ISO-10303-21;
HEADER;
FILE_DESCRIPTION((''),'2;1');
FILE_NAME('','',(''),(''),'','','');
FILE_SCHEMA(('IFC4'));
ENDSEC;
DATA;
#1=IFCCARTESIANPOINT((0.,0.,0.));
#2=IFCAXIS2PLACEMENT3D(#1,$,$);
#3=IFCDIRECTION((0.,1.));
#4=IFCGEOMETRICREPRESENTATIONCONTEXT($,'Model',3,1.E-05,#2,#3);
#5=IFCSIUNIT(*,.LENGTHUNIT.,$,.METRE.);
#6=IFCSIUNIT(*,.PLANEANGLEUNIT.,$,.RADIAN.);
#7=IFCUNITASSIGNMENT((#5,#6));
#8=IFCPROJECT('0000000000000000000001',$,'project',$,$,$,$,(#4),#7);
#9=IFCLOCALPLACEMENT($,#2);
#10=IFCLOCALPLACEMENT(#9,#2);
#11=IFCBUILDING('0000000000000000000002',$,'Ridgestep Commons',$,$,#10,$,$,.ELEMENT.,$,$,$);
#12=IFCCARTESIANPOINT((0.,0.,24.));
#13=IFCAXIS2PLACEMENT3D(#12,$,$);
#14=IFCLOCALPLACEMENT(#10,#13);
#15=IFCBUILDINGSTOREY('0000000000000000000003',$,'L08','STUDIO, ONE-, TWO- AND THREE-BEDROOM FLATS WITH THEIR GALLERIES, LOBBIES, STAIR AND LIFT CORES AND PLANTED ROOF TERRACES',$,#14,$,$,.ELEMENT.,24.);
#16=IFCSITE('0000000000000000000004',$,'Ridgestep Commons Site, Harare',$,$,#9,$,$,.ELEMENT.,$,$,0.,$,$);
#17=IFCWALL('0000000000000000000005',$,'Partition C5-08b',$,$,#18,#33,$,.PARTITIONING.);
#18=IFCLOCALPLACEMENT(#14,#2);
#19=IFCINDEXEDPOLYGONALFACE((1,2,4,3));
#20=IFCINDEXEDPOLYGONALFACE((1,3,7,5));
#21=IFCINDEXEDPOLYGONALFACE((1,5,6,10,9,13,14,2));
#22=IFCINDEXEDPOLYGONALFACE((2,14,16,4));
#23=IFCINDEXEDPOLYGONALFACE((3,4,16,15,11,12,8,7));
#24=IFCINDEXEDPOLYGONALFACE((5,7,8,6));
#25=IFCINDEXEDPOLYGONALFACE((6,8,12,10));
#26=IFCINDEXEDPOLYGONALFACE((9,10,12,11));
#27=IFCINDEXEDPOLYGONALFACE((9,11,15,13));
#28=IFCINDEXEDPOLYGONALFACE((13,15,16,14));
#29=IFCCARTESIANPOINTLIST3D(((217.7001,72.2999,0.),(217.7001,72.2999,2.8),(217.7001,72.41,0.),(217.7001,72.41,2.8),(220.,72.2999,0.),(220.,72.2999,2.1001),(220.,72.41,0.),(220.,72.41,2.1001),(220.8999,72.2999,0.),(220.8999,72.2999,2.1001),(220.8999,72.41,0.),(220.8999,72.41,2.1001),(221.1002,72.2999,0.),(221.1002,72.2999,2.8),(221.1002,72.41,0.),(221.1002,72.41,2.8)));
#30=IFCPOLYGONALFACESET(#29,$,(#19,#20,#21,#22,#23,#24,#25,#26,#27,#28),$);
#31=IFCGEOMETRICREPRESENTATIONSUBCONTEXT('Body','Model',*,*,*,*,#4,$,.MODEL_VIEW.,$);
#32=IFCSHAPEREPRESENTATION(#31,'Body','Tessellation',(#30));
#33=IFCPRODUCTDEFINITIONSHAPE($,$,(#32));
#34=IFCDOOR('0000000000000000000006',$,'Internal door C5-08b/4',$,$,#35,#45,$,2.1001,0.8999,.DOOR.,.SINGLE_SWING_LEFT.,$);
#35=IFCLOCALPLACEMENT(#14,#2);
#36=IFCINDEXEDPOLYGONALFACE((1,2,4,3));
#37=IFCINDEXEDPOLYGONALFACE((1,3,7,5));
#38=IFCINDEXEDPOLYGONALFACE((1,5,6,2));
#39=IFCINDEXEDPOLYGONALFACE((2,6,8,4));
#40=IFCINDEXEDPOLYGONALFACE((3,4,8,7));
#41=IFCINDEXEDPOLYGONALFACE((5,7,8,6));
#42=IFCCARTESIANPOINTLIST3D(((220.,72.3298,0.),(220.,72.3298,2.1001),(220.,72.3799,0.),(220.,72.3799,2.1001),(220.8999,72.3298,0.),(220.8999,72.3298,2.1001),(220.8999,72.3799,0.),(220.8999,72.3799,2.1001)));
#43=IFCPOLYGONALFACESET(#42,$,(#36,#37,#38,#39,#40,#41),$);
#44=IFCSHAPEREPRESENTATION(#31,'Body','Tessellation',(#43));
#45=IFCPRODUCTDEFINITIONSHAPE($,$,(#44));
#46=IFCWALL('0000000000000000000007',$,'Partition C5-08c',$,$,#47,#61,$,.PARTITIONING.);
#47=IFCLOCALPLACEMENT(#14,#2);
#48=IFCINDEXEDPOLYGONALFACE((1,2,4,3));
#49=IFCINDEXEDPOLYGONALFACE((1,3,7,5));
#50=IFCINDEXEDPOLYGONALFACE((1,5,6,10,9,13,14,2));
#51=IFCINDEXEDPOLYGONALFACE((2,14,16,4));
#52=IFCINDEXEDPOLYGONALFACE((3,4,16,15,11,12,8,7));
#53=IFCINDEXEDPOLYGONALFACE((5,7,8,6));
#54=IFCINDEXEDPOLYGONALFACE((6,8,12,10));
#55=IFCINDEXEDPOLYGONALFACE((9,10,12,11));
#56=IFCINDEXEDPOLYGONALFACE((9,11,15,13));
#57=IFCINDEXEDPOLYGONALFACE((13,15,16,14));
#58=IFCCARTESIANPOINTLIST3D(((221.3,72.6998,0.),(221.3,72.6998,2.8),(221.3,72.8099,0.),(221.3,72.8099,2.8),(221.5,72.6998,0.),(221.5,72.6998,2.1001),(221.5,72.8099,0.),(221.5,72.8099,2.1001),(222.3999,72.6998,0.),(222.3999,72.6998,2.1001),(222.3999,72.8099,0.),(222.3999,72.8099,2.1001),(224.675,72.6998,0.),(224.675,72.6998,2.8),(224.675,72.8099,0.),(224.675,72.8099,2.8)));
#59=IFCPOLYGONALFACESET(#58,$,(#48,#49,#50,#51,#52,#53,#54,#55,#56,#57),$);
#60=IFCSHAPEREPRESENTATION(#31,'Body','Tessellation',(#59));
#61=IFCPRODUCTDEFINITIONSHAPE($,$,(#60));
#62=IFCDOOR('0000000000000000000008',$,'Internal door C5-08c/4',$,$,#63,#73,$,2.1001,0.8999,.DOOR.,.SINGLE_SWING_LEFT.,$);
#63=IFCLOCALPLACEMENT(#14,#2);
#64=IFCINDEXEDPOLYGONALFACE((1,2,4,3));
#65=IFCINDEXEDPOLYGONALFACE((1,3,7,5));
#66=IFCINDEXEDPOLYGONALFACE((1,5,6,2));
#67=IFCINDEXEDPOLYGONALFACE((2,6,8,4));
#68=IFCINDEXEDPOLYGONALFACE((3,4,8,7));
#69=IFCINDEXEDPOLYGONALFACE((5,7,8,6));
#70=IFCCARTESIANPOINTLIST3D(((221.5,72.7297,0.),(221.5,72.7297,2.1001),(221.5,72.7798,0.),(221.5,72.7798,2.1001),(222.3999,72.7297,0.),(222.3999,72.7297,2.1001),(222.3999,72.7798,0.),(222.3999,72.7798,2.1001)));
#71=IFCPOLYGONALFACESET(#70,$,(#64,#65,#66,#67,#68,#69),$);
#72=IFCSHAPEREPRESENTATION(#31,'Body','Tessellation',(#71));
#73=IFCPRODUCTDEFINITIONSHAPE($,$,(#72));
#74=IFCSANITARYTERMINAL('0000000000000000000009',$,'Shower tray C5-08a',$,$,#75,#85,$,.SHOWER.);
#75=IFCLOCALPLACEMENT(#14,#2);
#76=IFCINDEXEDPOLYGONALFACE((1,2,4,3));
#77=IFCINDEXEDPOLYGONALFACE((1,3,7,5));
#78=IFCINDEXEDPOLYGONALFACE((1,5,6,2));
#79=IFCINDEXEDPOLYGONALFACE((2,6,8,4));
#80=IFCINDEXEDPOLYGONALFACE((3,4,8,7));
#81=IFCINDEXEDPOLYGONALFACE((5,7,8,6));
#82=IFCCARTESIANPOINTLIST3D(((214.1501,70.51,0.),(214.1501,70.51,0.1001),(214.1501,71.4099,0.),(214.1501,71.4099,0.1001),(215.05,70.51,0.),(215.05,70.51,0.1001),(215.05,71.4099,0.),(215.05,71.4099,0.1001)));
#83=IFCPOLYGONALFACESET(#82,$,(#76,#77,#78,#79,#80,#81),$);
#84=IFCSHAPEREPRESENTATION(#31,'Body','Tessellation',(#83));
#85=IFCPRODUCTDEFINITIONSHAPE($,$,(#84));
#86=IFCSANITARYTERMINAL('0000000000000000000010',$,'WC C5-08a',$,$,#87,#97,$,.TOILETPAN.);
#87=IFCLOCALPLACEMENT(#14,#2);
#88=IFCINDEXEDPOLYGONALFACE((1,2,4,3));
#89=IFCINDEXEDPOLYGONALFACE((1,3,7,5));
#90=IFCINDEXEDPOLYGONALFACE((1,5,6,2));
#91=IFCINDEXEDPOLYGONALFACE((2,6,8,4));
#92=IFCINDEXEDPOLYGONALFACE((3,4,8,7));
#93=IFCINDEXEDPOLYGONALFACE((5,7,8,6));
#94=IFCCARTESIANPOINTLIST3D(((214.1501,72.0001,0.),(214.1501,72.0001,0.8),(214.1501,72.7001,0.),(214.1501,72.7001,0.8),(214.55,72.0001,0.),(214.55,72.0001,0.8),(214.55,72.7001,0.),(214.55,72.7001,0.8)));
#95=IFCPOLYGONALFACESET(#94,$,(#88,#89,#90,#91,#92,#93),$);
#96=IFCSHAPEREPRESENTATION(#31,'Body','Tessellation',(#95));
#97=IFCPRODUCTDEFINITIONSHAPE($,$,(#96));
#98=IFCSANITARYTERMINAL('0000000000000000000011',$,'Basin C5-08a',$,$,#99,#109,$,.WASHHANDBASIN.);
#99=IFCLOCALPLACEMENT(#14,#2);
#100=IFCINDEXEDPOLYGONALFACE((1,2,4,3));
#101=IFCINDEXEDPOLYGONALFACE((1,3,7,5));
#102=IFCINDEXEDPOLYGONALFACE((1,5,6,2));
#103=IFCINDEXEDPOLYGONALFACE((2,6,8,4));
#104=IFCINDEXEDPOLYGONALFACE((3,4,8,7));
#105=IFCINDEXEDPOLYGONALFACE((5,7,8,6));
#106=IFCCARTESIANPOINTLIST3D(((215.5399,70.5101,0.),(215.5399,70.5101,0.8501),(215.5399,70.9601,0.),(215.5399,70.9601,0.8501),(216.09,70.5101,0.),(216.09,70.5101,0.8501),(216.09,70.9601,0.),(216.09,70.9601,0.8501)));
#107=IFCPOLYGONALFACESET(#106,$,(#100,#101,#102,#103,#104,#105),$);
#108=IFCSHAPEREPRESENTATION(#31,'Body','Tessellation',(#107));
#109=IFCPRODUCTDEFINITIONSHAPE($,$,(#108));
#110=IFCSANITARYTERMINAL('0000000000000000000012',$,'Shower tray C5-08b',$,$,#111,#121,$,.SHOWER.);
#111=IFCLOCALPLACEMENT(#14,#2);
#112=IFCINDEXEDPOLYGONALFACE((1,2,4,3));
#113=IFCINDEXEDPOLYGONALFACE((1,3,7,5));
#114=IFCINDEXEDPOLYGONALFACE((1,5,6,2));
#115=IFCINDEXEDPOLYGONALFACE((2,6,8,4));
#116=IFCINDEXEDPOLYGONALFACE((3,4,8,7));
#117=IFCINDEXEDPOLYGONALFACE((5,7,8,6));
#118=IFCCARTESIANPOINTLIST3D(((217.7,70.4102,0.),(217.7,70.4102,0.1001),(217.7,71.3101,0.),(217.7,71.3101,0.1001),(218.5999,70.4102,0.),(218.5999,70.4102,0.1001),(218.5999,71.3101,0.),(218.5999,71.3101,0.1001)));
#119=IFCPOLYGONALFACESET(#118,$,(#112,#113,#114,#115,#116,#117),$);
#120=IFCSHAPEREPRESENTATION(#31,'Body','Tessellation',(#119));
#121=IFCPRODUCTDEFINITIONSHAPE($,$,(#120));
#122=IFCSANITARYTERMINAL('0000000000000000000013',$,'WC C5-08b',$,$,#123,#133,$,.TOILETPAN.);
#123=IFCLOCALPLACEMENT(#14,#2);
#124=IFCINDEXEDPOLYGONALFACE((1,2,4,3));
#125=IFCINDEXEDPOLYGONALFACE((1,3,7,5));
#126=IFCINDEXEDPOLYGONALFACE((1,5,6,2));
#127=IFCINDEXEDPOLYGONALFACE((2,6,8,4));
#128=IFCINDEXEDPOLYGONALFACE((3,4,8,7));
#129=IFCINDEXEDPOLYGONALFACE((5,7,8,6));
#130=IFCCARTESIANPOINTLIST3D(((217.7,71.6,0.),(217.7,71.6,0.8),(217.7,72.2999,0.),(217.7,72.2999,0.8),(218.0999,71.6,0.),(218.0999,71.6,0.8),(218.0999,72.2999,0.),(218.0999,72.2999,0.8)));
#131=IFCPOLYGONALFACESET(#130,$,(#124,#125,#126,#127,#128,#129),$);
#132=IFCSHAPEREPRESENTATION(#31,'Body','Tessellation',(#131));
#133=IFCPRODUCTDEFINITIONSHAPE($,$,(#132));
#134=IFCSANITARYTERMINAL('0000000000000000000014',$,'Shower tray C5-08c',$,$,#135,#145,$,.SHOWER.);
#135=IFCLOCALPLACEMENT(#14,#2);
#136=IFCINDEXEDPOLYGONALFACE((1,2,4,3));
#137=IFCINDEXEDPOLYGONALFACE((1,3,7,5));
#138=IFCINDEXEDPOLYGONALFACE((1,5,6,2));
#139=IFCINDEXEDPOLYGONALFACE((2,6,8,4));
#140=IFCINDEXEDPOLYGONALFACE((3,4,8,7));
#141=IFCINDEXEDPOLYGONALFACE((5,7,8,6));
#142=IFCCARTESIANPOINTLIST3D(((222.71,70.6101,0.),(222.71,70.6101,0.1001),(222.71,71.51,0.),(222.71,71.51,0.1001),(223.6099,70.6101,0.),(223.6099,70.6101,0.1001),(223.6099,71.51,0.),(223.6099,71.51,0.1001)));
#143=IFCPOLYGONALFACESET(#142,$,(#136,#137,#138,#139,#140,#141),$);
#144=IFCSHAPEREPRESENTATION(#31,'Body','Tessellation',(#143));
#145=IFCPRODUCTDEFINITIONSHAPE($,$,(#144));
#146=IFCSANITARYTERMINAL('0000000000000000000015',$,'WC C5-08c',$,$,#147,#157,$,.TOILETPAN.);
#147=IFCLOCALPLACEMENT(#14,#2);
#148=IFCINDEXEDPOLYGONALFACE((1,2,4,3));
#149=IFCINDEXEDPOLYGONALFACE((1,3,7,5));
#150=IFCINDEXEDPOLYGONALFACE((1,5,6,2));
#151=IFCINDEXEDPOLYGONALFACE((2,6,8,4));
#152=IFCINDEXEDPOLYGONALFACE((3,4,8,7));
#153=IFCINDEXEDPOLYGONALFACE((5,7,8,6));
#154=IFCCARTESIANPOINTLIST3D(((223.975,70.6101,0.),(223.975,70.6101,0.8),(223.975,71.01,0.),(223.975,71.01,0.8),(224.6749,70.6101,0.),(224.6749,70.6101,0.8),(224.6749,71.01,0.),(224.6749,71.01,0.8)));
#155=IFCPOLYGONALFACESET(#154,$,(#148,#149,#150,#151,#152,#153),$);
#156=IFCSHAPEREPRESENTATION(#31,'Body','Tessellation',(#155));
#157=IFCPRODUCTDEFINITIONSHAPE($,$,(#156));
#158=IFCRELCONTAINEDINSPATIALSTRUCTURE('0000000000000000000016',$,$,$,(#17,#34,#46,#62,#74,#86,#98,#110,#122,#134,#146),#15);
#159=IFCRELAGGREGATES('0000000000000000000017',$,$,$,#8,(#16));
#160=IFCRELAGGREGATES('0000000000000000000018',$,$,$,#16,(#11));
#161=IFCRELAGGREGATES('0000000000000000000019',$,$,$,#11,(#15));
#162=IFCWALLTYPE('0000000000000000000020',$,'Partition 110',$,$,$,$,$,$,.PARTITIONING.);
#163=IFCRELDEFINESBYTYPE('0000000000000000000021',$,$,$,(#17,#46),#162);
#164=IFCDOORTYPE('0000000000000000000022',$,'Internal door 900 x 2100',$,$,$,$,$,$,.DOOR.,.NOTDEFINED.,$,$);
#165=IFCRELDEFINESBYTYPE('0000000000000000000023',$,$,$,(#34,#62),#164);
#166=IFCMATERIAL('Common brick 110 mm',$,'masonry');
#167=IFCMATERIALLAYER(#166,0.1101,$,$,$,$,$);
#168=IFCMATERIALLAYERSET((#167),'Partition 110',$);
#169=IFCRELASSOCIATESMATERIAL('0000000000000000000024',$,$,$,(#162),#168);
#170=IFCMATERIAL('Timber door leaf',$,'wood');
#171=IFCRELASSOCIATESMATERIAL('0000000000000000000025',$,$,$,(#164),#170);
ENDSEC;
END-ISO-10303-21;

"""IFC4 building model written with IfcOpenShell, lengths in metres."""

from ifc_helpers import new_model, si_unit, direction, frame, frame_2d, origin, origin_2d, place, context, subcontext, project, spatial, rectangle, extrude, material, layer, layer_set, type_object, element, fill, save


model = new_model("IFC4")

# Units and contexts
model_context = context("Model", 3, precision=1e-05, world=origin(), true_north=direction((0.0, 1.0)))
body_context = subcontext(model_context, "Body", "Model", "MODEL_VIEW")
ifc_project = project(units=[si_unit("LENGTHUNIT", "METRE"), si_unit("PLANEANGLEUNIT", "RADIAN")], contexts=[model_context])

# Site, building, storey
site_placement = place(None, origin())
site = spatial("IfcSite", under=ifc_project, at=site_placement, Name="Ridgestep Commons Site, Harare", CompositionType="ELEMENT", RefElevation=0.0)
building_placement = place(site_placement, origin())
building = spatial("IfcBuilding", under=site, at=building_placement, Name="Ridgestep Commons", CompositionType="ELEMENT")
storey_placement = place(building_placement, frame((0.0, 0.0, 24.0)))
storey = spatial("IfcBuildingStorey", under=building, at=storey_placement, Name="L08", Description="STUDIO, ONE-, TWO- AND THREE-BEDROOM FLATS WITH THEIR GALLERIES, LOBBIES, STAIR AND LIFT CORES AND PLANTED ROOF TERRACES", CompositionType="ELEMENT", Elevation=24.0)

# Walls, openings, doors
ifc_material_1 = material(Name="Common brick 110 mm", Category="masonry")
ifc_layer_1 = layer(ifc_material_1, 0.1101)
ifc_layer_set_1 = layer_set([ifc_layer_1], Name="Partition 110")
wall_type_1 = type_object("IfcWallType", Name="Partition 110", PredefinedType="PARTITIONING", material=ifc_layer_set_1)
ifc_material_2 = material(Name="Timber door leaf", Category="wood")
door_type_1 = type_object("IfcDoorType", Name="Internal door 900 x 2100", OperationType="NOTDEFINED", PredefinedType="DOOR", material=ifc_material_2)
wall_1_placement = place(storey_placement, frame((217.7, 72.355, 0.0), z_axis=(0.0, 0.0, 1.0), x_axis=(1.0, 0.0, 0.0)))
wall_1 = element("IfcWall", 1, at=wall_1_placement, inside=storey, type_object=wall_type_1, Name="Partition C5-08b", PredefinedType="PARTITIONING", context=body_context, shape_type="SweptSolid", body=[
    extrude(rectangle(XDim=3.4001, YDim=0.1101, at=frame_2d((1.7002, 0.0))), origin(), (0.0, 0.0, 1.0), 2.8),
])
opening_1_placement = place(wall_1_placement, frame((2.3, 0.0, 0.0)))
opening_1 = element("IfcOpeningElement", 2, at=opening_1_placement, cuts=wall_1, PredefinedType="OPENING", context=body_context, shape_type="SweptSolid", body=[
    extrude(rectangle(XDim=0.8999, YDim=2.1001, at=frame_2d((0.45, 1.05))), frame((0.0, 0.0649, 0.0), z_axis=(0.0, -1.0, 0.0), x_axis=(1.0, 0.0, 0.0)), (0.0, 0.0, 1.0), 0.1301),
])
door_1_placement = place(opening_1_placement, origin())
door_1 = element("IfcDoor", 3, at=door_1_placement, inside=storey, type_object=door_type_1, Name="Internal door C5-08b/4", OperationType="SINGLE_SWING_LEFT", OverallHeight=2.1001, OverallWidth=0.8999, PredefinedType="DOOR", context=body_context, shape_type="SweptSolid", body=[
    extrude(rectangle(XDim=0.8999, YDim=2.1001, at=frame_2d((0.45, 1.05))), frame((0.0, 0.0249, 0.0), z_axis=(0.0, -1.0, 0.0), x_axis=(1.0, 0.0, 0.0)), (0.0, 0.0, 1.0), 0.05),
])
fill(opening_1, door_1)
wall_2_placement = place(storey_placement, frame((221.3, 72.7549, 0.0), z_axis=(0.0, 0.0, 1.0), x_axis=(1.0, 0.0, 0.0)))
wall_2 = element("IfcWall", 4, at=wall_2_placement, inside=storey, type_object=wall_type_1, Name="Partition C5-08c", PredefinedType="PARTITIONING", context=body_context, shape_type="SweptSolid", body=[
    extrude(rectangle(XDim=3.375, YDim=0.1101, at=frame_2d((1.6875, 0.0))), origin(), (0.0, 0.0, 1.0), 2.8),
])
opening_2_placement = place(wall_2_placement, frame((0.2, 0.0, 0.0)))
opening_2 = element("IfcOpeningElement", 5, at=opening_2_placement, cuts=wall_2, PredefinedType="OPENING", context=body_context, shape_type="SweptSolid", body=[
    extrude(rectangle(XDim=0.8999, YDim=2.1001, at=frame_2d((0.45, 1.05))), frame((0.0, 0.0649, 0.0), z_axis=(0.0, -1.0, 0.0), x_axis=(1.0, 0.0, 0.0)), (0.0, 0.0, 1.0), 0.1301),
])
door_2_placement = place(opening_2_placement, origin())
door_2 = element("IfcDoor", 6, at=door_2_placement, inside=storey, type_object=door_type_1, Name="Internal door C5-08c/4", OperationType="SINGLE_SWING_LEFT", OverallHeight=2.1001, OverallWidth=0.8999, PredefinedType="DOOR", context=body_context, shape_type="SweptSolid", body=[
    extrude(rectangle(XDim=0.8999, YDim=2.1001, at=frame_2d((0.45, 1.05))), frame((0.0, 0.0249, 0.0), z_axis=(0.0, -1.0, 0.0), x_axis=(1.0, 0.0, 0.0)), (0.0, 0.0, 1.0), 0.05),
])
fill(opening_2, door_2)

# Sanitary terminals
sanitary_terminal_1_placement = place(storey_placement, frame((214.6001, 70.96, 0.0), z_axis=(0.0, 0.0, 1.0), x_axis=(1.0, 0.0, 0.0)))
element("IfcSanitaryTerminal", 7, at=sanitary_terminal_1_placement, inside=storey, Name="Shower tray C5-08a", PredefinedType="SHOWER", context=body_context, shape_type="SweptSolid", body=[
    extrude(rectangle(XDim=0.8999, YDim=0.8999, at=origin_2d()), origin(), (0.0, 0.0, 1.0), 0.1001),
])
sanitary_terminal_2_placement = place(storey_placement, frame((214.3501, 72.3501, 0.0), z_axis=(0.0, 0.0, 1.0), x_axis=(1.0, 0.0, 0.0)))
element("IfcSanitaryTerminal", 8, at=sanitary_terminal_2_placement, inside=storey, Name="WC C5-08a", PredefinedType="TOILETPAN", context=body_context, shape_type="SweptSolid", body=[
    extrude(rectangle(XDim=0.3999, YDim=0.7, at=origin_2d()), origin(), (0.0, 0.0, 1.0), 0.8),
])
sanitary_terminal_3_placement = place(storey_placement, frame((215.8149, 70.7351, 0.0), z_axis=(0.0, 0.0, 1.0), x_axis=(1.0, 0.0, 0.0)))
element("IfcSanitaryTerminal", 9, at=sanitary_terminal_3_placement, inside=storey, Name="Basin C5-08a", PredefinedType="WASHHANDBASIN", context=body_context, shape_type="SweptSolid", body=[
    extrude(rectangle(XDim=0.55, YDim=0.45, at=origin_2d()), origin(), (0.0, 0.0, 1.0), 0.8501),
])
sanitary_terminal_4_placement = place(storey_placement, frame((218.1499, 70.8601, 0.0), z_axis=(0.0, 0.0, 1.0), x_axis=(1.0, 0.0, 0.0)))
element("IfcSanitaryTerminal", 10, at=sanitary_terminal_4_placement, inside=storey, Name="Shower tray C5-08b", PredefinedType="SHOWER", context=body_context, shape_type="SweptSolid", body=[
    extrude(rectangle(XDim=0.8999, YDim=0.8999, at=origin_2d()), origin(), (0.0, 0.0, 1.0), 0.1001),
])
sanitary_terminal_5_placement = place(storey_placement, frame((217.8999, 71.95, 0.0), z_axis=(0.0, 0.0, 1.0), x_axis=(1.0, 0.0, 0.0)))
element("IfcSanitaryTerminal", 11, at=sanitary_terminal_5_placement, inside=storey, Name="WC C5-08b", PredefinedType="TOILETPAN", context=body_context, shape_type="SweptSolid", body=[
    extrude(rectangle(XDim=0.3999, YDim=0.7, at=origin_2d()), origin(), (0.0, 0.0, 1.0), 0.8),
])
sanitary_terminal_6_placement = place(storey_placement, frame((223.1599, 71.0601, 0.0), z_axis=(0.0, 0.0, 1.0), x_axis=(1.0, 0.0, 0.0)))
element("IfcSanitaryTerminal", 12, at=sanitary_terminal_6_placement, inside=storey, Name="Shower tray C5-08c", PredefinedType="SHOWER", context=body_context, shape_type="SweptSolid", body=[
    extrude(rectangle(XDim=0.8999, YDim=0.8999, at=origin_2d()), origin(), (0.0, 0.0, 1.0), 0.1001),
])
sanitary_terminal_7_placement = place(storey_placement, frame((224.325, 70.8101, 0.0), z_axis=(0.0, 0.0, 1.0), x_axis=(1.0, 0.0, 0.0)))
element("IfcSanitaryTerminal", 13, at=sanitary_terminal_7_placement, inside=storey, Name="WC C5-08c", PredefinedType="TOILETPAN", context=body_context, shape_type="SweptSolid", body=[
    extrude(rectangle(XDim=0.7, YDim=0.3999, at=origin_2d()), origin(), (0.0, 0.0, 1.0), 0.8),
])

save(model, "model.ifc")
